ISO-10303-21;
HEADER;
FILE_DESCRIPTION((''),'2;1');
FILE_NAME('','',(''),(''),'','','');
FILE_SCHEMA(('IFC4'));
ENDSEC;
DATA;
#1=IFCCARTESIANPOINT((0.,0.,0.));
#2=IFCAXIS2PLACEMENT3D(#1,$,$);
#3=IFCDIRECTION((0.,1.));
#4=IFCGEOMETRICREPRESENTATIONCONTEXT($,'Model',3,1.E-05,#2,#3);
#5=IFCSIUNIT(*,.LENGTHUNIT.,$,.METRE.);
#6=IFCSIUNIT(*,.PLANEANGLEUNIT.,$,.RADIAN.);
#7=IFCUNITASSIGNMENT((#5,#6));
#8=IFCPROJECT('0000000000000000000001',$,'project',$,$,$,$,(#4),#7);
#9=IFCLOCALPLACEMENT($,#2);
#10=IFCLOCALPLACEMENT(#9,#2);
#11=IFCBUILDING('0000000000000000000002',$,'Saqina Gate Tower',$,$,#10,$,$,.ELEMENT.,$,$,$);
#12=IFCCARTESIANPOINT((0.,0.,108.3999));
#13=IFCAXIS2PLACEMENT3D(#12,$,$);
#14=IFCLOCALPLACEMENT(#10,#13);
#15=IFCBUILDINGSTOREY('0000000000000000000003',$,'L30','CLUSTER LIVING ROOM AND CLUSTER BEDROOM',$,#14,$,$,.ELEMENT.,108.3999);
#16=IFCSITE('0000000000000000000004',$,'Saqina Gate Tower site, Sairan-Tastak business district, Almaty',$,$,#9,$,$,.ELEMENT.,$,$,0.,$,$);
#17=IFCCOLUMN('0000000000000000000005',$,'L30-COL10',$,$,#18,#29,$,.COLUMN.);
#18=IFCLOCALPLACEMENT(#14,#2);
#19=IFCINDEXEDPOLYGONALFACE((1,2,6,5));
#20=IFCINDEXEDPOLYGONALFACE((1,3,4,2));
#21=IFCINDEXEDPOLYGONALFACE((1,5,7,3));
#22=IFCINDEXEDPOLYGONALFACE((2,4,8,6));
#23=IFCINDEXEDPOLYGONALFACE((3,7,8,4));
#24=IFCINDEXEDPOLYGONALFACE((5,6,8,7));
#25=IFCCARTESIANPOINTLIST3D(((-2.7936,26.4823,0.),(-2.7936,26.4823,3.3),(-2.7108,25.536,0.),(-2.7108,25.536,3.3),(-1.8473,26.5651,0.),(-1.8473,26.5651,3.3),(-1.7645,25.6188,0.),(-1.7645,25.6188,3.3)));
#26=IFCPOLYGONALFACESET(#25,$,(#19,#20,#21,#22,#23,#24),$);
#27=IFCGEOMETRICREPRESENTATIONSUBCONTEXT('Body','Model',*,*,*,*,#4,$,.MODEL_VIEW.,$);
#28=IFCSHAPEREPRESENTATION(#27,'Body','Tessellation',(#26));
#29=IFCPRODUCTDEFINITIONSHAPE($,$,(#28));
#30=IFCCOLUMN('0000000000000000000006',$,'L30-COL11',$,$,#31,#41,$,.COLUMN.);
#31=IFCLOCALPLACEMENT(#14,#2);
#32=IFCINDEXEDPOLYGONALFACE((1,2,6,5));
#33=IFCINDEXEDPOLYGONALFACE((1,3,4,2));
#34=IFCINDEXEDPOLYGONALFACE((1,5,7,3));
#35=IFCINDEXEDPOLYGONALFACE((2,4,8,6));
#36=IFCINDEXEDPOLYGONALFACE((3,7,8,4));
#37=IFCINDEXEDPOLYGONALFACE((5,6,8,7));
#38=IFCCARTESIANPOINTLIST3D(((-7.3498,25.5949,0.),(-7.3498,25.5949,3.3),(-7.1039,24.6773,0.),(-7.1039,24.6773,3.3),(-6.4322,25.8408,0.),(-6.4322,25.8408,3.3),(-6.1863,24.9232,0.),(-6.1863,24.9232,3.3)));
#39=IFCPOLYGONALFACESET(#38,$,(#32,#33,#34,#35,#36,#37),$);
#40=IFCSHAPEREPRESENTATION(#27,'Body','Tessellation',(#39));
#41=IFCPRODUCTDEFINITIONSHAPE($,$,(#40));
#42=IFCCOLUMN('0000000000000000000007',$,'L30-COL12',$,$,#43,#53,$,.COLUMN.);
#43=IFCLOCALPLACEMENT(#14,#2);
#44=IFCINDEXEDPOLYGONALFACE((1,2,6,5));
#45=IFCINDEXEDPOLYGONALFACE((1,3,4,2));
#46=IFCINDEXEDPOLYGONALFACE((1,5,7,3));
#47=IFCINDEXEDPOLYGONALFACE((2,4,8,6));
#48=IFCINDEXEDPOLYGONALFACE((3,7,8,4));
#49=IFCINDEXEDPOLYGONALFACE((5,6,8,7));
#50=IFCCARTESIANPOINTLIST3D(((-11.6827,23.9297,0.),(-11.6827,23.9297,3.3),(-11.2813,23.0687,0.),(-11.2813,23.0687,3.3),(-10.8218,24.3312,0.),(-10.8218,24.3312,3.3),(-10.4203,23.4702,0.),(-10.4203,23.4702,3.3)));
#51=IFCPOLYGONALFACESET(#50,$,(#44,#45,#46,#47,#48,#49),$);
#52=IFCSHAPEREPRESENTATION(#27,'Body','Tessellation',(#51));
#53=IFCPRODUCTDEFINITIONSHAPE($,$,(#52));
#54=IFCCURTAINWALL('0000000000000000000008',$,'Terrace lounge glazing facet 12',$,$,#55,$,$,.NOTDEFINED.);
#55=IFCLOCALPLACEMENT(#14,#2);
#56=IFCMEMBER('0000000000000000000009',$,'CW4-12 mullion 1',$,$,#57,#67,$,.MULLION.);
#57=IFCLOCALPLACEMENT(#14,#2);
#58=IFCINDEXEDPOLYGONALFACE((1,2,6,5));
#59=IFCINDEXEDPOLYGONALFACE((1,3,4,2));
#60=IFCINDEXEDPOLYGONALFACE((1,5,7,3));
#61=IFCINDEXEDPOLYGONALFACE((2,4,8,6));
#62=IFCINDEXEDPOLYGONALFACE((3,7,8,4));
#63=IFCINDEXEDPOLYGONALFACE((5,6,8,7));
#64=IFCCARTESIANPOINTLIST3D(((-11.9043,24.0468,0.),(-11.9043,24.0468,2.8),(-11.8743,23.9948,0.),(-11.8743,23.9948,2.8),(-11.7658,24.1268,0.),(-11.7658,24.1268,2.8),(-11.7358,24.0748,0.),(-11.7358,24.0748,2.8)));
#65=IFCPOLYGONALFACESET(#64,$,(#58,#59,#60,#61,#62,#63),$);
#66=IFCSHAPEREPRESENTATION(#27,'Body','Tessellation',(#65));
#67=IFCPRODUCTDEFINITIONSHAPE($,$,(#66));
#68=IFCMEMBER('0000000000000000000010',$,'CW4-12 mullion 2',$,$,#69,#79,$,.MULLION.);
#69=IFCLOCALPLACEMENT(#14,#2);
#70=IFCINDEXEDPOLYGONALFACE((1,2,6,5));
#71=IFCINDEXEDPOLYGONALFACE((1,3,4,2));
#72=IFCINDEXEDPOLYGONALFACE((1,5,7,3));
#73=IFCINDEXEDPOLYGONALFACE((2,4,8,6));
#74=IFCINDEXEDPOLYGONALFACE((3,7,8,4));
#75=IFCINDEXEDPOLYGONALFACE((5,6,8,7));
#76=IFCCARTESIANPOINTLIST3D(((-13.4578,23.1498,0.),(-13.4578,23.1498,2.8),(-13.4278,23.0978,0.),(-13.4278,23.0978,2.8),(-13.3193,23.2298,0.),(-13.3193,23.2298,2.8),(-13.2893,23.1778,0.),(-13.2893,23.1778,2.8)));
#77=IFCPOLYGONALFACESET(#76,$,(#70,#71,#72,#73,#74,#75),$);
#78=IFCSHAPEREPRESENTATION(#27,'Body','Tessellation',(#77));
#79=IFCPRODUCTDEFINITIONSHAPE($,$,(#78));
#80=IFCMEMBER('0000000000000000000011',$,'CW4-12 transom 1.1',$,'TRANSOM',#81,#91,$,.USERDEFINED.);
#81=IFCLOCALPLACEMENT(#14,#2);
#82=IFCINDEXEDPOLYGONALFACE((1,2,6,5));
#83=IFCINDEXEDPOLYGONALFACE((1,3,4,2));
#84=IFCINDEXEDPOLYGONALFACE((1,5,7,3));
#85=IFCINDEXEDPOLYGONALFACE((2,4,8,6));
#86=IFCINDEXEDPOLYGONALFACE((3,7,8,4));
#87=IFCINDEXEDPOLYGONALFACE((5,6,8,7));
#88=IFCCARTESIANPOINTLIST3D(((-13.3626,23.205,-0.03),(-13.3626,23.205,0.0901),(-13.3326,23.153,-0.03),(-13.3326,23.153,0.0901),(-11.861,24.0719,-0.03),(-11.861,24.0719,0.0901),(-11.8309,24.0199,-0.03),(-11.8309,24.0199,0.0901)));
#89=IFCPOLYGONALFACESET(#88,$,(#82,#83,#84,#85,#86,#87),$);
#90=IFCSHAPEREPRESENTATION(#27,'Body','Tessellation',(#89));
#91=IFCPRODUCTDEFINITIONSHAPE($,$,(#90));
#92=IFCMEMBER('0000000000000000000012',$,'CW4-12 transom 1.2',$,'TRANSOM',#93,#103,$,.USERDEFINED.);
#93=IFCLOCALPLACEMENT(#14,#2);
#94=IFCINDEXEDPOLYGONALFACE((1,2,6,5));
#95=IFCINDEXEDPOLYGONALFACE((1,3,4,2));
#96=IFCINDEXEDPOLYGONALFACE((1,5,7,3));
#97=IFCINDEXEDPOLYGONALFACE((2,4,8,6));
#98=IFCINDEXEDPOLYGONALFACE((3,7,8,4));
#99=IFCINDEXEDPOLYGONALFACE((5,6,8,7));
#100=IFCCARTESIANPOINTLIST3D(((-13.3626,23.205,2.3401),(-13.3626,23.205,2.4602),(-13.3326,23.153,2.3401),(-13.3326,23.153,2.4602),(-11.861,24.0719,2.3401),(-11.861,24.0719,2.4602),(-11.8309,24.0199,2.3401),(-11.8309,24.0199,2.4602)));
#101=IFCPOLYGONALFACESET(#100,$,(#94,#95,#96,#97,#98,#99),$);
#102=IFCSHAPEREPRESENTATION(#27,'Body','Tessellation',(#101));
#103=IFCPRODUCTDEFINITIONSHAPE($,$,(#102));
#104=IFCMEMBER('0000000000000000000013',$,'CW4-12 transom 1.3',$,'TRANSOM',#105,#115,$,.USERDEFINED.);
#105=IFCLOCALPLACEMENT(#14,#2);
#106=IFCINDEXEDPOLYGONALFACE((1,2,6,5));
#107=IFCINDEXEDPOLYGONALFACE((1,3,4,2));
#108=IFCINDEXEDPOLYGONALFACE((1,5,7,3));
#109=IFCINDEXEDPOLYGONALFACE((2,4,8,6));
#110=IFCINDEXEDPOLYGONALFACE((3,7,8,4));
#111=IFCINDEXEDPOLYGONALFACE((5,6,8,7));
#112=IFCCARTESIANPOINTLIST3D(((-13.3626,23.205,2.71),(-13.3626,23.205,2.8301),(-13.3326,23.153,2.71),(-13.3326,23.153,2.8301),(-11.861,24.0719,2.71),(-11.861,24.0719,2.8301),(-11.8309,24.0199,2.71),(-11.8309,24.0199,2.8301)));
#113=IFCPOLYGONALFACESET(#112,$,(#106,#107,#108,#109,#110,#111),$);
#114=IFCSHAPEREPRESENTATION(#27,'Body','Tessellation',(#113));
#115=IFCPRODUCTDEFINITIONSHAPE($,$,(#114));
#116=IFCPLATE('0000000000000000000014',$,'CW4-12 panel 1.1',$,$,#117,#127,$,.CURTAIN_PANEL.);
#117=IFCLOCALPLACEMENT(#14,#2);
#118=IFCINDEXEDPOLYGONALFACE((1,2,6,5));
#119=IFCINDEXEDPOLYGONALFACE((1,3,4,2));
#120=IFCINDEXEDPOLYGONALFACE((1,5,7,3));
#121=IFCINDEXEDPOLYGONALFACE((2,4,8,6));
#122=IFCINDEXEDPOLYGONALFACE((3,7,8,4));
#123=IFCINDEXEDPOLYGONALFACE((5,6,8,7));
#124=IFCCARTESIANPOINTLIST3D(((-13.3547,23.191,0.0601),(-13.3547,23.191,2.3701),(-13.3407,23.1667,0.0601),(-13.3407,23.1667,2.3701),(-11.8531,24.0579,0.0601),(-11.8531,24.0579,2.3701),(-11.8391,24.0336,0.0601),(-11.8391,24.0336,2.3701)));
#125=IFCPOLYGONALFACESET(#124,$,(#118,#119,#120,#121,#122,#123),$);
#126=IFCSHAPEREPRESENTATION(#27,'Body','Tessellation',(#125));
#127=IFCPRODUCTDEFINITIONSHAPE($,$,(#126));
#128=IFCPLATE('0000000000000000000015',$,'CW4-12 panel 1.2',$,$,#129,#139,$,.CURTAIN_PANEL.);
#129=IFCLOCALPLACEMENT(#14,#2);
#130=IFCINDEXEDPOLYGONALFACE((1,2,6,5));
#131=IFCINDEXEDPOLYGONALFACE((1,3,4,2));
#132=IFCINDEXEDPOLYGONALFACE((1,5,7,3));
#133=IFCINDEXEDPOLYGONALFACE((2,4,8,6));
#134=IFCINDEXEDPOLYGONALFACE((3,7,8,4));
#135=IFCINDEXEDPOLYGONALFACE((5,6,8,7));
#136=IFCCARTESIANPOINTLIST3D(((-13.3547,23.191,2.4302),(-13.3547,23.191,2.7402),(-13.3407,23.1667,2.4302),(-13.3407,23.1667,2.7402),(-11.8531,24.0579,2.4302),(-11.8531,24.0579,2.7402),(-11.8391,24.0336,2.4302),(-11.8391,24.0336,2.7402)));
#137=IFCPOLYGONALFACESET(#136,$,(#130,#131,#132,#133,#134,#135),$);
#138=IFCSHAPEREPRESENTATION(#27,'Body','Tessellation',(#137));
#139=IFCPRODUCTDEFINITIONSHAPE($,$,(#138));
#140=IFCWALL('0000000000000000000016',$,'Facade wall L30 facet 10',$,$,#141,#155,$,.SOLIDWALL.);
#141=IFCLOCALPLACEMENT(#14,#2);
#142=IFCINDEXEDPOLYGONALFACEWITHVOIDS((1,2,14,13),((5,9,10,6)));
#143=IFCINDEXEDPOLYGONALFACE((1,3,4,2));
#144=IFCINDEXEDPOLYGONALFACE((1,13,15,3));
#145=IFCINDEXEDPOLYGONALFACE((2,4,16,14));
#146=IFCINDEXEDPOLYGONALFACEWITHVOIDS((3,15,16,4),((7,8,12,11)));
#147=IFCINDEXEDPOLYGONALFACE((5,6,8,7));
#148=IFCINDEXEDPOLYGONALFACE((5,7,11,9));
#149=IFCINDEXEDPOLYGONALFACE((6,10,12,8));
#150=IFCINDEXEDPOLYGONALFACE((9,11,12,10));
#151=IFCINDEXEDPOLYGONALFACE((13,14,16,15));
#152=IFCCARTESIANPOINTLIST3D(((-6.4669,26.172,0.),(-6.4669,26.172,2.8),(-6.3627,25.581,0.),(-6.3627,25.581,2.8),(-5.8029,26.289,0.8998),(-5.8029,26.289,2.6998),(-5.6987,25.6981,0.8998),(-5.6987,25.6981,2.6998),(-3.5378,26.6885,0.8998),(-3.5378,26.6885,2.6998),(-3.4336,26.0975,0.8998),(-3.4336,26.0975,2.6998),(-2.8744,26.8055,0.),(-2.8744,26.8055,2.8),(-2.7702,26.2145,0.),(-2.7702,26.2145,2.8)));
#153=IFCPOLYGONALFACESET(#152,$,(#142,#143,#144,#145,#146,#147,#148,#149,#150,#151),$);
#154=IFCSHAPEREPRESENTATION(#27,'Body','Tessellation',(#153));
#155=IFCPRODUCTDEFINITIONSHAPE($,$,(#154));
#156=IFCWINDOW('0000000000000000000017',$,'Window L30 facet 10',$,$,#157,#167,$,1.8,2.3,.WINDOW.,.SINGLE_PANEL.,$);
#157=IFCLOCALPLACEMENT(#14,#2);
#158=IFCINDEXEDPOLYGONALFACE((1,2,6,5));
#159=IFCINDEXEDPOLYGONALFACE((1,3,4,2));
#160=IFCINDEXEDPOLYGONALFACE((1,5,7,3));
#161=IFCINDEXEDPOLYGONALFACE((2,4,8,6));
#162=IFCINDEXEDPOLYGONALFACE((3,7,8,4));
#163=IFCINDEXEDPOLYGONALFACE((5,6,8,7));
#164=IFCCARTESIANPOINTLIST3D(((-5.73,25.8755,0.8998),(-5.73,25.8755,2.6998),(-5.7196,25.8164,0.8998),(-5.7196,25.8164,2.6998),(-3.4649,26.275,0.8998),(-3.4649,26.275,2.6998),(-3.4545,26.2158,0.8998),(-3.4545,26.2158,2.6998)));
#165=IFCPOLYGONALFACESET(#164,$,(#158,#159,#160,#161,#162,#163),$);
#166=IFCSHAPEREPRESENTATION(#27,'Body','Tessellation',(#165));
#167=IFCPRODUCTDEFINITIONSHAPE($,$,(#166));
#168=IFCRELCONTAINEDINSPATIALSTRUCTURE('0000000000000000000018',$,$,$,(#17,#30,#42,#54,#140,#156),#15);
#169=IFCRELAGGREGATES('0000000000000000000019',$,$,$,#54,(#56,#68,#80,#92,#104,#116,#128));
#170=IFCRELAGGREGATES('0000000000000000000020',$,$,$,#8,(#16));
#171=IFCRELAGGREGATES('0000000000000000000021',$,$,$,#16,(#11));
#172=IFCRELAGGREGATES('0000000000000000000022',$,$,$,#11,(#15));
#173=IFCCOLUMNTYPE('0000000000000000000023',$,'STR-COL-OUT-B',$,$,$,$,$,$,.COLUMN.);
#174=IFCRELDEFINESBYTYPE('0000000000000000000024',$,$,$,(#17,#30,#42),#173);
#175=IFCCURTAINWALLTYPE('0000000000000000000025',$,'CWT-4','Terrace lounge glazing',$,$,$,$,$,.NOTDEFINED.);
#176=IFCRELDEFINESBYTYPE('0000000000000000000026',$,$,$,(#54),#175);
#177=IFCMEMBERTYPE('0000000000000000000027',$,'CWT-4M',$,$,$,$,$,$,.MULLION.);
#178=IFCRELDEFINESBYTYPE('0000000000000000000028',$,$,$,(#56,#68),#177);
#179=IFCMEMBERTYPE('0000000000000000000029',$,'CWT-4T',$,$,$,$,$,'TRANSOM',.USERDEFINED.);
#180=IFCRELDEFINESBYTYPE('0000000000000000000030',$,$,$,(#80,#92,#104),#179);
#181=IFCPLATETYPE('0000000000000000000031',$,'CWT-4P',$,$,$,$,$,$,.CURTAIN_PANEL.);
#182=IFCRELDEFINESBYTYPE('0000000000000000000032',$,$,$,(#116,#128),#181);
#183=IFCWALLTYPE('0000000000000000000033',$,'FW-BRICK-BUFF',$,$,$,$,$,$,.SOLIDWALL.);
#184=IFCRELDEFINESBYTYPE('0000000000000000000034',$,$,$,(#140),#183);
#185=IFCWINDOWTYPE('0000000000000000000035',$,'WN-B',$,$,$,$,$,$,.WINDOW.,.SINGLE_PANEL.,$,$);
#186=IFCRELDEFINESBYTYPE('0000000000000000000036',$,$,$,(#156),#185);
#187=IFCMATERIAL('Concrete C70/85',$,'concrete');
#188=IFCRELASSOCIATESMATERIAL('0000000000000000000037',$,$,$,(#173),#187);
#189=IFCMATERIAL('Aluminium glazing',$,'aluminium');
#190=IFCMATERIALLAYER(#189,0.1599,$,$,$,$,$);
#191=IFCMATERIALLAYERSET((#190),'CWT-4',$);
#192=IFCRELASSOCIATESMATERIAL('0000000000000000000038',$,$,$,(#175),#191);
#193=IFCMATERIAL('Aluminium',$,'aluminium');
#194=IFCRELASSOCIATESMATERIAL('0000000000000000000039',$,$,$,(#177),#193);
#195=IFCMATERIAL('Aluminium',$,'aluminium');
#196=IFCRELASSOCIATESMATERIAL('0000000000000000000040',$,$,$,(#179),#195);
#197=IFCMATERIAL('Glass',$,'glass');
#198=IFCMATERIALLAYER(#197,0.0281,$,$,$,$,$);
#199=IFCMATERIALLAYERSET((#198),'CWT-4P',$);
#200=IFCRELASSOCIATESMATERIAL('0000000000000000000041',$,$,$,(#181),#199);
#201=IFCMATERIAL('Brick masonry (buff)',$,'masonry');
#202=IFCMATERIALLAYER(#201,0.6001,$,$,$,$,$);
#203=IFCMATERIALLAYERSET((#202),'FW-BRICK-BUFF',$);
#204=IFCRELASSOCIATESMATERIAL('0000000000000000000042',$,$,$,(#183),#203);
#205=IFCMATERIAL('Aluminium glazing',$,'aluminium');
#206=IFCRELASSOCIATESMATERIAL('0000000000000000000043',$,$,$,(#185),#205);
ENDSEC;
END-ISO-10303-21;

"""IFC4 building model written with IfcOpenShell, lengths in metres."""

from ifc_helpers import new_model, si_unit, direction, frame, frame_2d, origin, origin_2d, place, context, subcontext, project, spatial, rectangle, extrude, material, layer, layer_set, material_profile, profile_set, type_object, element, fill, aggregate, save


model = new_model("IFC4")

# Units and contexts
model_context = context("Model", 3, precision=1e-05, world=origin(), true_north=direction((0.0, 1.0)))
body_context = subcontext(model_context, "Body", "Model", "MODEL_VIEW")
ifc_project = project(units=[si_unit("LENGTHUNIT", "METRE"), si_unit("PLANEANGLEUNIT", "RADIAN")], contexts=[model_context])

# Site, building, storey
site_placement = place(None, origin())
site = spatial("IfcSite", under=ifc_project, at=site_placement, Name="Saqina Gate Tower site, Sairan-Tastak business district, Almaty", CompositionType="ELEMENT", RefElevation=0.0)
building_placement = place(site_placement, origin())
building = spatial("IfcBuilding", under=site, at=building_placement, Name="Saqina Gate Tower", CompositionType="ELEMENT")
storey_placement = place(building_placement, frame((0.0, 0.0, 108.3999)))
storey = spatial("IfcBuildingStorey", under=building, at=storey_placement, Name="L30", Description="CLUSTER LIVING ROOM AND CLUSTER BEDROOM", CompositionType="ELEMENT", Elevation=108.3999)

# Columns
ifc_material_1 = material(Name="Concrete C70/85", Category="concrete")
ifc_material_profile_1 = material_profile(ifc_material_1, rectangle(XDim=0.95, YDim=0.95, at=origin_2d()), Name="RC 950x950")
ifc_profile_set_1 = profile_set([ifc_material_profile_1], Name="Concrete C70/85")
column_type = type_object("IfcColumnType", Name="STR-COL-OUT-B", PredefinedType="COLUMN", material=ifc_profile_set_1)
for number, where, z_axis, x_axis, name in (
    (1, (-2.2791, 26.0505, 0.0), (0.0, 0.0, 1.0), (-0.087156, 0.996195, 0.0), "L30-COL10"),
    (2, (-6.7681, 25.259, 0.0), (0.0, 0.0, 1.0), (-0.258819, 0.965926, 0.0), "L30-COL11"),
    (3, (-11.0515, 23.7, 0.0), (0.0, 0.0, 1.0), (-0.422618, 0.906308, 0.0), "L30-COL12"),
):
    element("IfcColumn", number, at=place(storey_placement, frame(where, z_axis=z_axis, x_axis=x_axis)), inside=storey, type_object=column_type, Name=name, PredefinedType="COLUMN", context=body_context, shape_type="SweptSolid", body=[
        extrude(rectangle(XDim=0.95, YDim=0.95, at=origin_2d()), origin(), (0.0, 0.0, 1.0), 3.3),
    ])

# Curtain wall, members, plates
ifc_material_2 = material(Name="Aluminium glazing", Category="aluminium")
ifc_layer_1 = layer(ifc_material_2, 0.1599)
ifc_layer_set_1 = layer_set([ifc_layer_1], Name="CWT-4")
curtain_wall_type = type_object("IfcCurtainWallType", Name="CWT-4", Description="Terrace lounge glazing", PredefinedType="NOTDEFINED", material=ifc_layer_set_1)
curtain_wall_placement = place(storey_placement, origin())
curtain_wall = element("IfcCurtainWall", 4, at=curtain_wall_placement, inside=storey, type_object=curtain_wall_type, Name="Terrace lounge glazing facet 12", PredefinedType="NOTDEFINED")
ifc_material_3 = material(Name="Aluminium", Category="aluminium")
ifc_material_profile_2 = material_profile(ifc_material_3, rectangle(XDim=0.0601, YDim=0.1599, at=origin_2d()), Name="Aluminium 60x160")
ifc_profile_set_2 = profile_set([ifc_material_profile_2], Name="Aluminium")
member_type_1 = type_object("IfcMemberType", Name="CWT-4M", PredefinedType="MULLION", material=ifc_profile_set_2)
member_1_placement = place(storey_placement, frame((-11.8201, 24.0608, 0.0), z_axis=(0.0, 0.0, 1.0), x_axis=(0.499999, -0.866026, 0.0)))
member_1 = element("IfcMember", 5, at=member_1_placement, type_object=member_type_1, Name="CW4-12 mullion 1", PredefinedType="MULLION", context=body_context, shape_type="SweptSolid", body=[
    extrude(rectangle(XDim=0.0601, YDim=0.1599, at=origin_2d()), origin(), (0.0, 0.0, 1.0), 2.8),
])
member_2_placement = place(storey_placement, frame((-13.3735, 23.1638, 0.0), z_axis=(0.0, 0.0, 1.0), x_axis=(0.499999, -0.866026, 0.0)))
member_2 = element("IfcMember", 6, at=member_2_placement, type_object=member_type_1, Name="CW4-12 mullion 2", PredefinedType="MULLION", context=body_context, shape_type="SweptSolid", body=[
    extrude(rectangle(XDim=0.0601, YDim=0.1599, at=origin_2d()), origin(), (0.0, 0.0, 1.0), 2.8),
])
ifc_material_4 = material(Name="Aluminium", Category="aluminium")
ifc_material_profile_3 = material_profile(ifc_material_4, rectangle(XDim=0.0601, YDim=0.1201, at=origin_2d()), Name="Aluminium 60x120")
ifc_profile_set_3 = profile_set([ifc_material_profile_3], Name="Aluminium")
member_type_2 = type_object("IfcMemberType", Name="CWT-4T", ElementType="TRANSOM", PredefinedType="USERDEFINED", material=ifc_profile_set_3)
member_3_placement = place(storey_placement, frame((-11.8459, 24.0459, 0.03), z_axis=(-0.866043, -0.49997, 0.0), x_axis=(0.49997, -0.866043, 0.0)))
member_3 = element("IfcMember", 7, at=member_3_placement, type_object=member_type_2, Name="CW4-12 transom 1.1", ObjectType="TRANSOM", PredefinedType="USERDEFINED", context=body_context, shape_type="SweptSolid", body=[
    extrude(rectangle(XDim=0.0601, YDim=0.1201, at=origin_2d()), origin(), (0.0, 0.0, 1.0), 1.7339),
])
member_4_placement = place(storey_placement, frame((-11.8459, 24.0459, 2.4001), z_axis=(-0.866043, -0.49997, 0.0), x_axis=(0.49997, -0.866043, 0.0)))
member_4 = element("IfcMember", 8, at=member_4_placement, type_object=member_type_2, Name="CW4-12 transom 1.2", ObjectType="TRANSOM", PredefinedType="USERDEFINED", context=body_context, shape_type="SweptSolid", body=[
    extrude(rectangle(XDim=0.0601, YDim=0.1201, at=origin_2d()), origin(), (0.0, 0.0, 1.0), 1.7339),
])
member_5_placement = place(storey_placement, frame((-11.8459, 24.0459, 2.77), z_axis=(-0.866043, -0.49997, 0.0), x_axis=(0.49997, -0.866043, 0.0)))
member_5 = element("IfcMember", 9, at=member_5_placement, type_object=member_type_2, Name="CW4-12 transom 1.3", ObjectType="TRANSOM", PredefinedType="USERDEFINED", context=body_context, shape_type="SweptSolid", body=[
    extrude(rectangle(XDim=0.0601, YDim=0.1201, at=origin_2d()), origin(), (0.0, 0.0, 1.0), 1.7339),
])
ifc_material_5 = material(Name="Glass", Category="glass")
ifc_layer_2 = layer(ifc_material_5, 0.0281)
ifc_layer_set_2 = layer_set([ifc_layer_2], Name="CWT-4P")
plate_type = type_object("IfcPlateType", Name="CWT-4P", PredefinedType="CURTAIN_PANEL", material=ifc_layer_set_2)
plate_1_placement = place(storey_placement, frame((-12.5969, 23.6123, 0.0601), z_axis=(0.0, 0.0, 1.0), x_axis=(-0.866026, -0.499999, 0.0)))
plate_1 = element("IfcPlate", 10, at=plate_1_placement, type_object=plate_type, Name="CW4-12 panel 1.1", PredefinedType="CURTAIN_PANEL", context=body_context, shape_type="SweptSolid", body=[
    extrude(rectangle(XDim=1.7339, YDim=0.0281, at=origin_2d()), origin(), (0.0, 0.0, 1.0), 2.3101),
])
plate_2_placement = place(storey_placement, frame((-12.5969, 23.6123, 2.4302), z_axis=(0.0, 0.0, 1.0), x_axis=(-0.866026, -0.499999, 0.0)))
plate_2 = element("IfcPlate", 11, at=plate_2_placement, type_object=plate_type, Name="CW4-12 panel 1.2", PredefinedType="CURTAIN_PANEL", context=body_context, shape_type="SweptSolid", body=[
    extrude(rectangle(XDim=1.7339, YDim=0.0281, at=origin_2d()), origin(), (0.0, 0.0, 1.0), 0.3101),
])
aggregate(curtain_wall, [member_1, member_2, member_3, member_4, member_5, plate_1, plate_2])

# Wall, opening, window
ifc_material_6 = material(Name="Brick masonry (buff)", Category="masonry")
ifc_layer_3 = layer(ifc_material_6, 0.6001)
ifc_layer_set_3 = layer_set([ifc_layer_3], Name="FW-BRICK-BUFF")
wall_type_1 = type_object("IfcWallType", Name="FW-BRICK-BUFF", PredefinedType="SOLIDWALL", material=ifc_layer_set_3)
wall_1_placement = place(storey_placement, frame((-2.8223, 26.51, 0.0), z_axis=(0.0, 0.0, 1.0), x_axis=(-0.984804, -0.173671, 0.0)))
wall_1 = element("IfcWall", 12, at=wall_1_placement, inside=storey, type_object=wall_type_1, Name="Facade wall L30 facet 10", PredefinedType="SOLIDWALL", context=body_context, shape_type="SweptSolid", body=[
    extrude(rectangle(XDim=3.6479, YDim=0.6001, at=frame_2d((1.824, 0.0))), origin(), (0.0, 0.0, 1.0), 2.8),
])
opening_1_placement = place(wall_1_placement, frame((0.6738, 0.0, 0.8999)))
opening_1 = element("IfcOpeningElement", 13, at=opening_1_placement, cuts=wall_1, PredefinedType="OPENING", context=body_context, shape_type="SweptSolid", body=[
    extrude(rectangle(XDim=2.3, YDim=1.8, at=frame_2d((1.1499, 0.8999))), frame((0.0, 0.312, 0.0), z_axis=(0.0, -1.0, 0.0), x_axis=(1.0, 0.0, 0.0)), (0.0, 0.0, 1.0), 0.624),
])
ifc_material_7 = material(Name="Aluminium glazing", Category="aluminium")
window_type = type_object("IfcWindowType", Name="WN-B", PartitioningType="SINGLE_PANEL", PredefinedType="WINDOW", material=ifc_material_7)
window_1_placement = place(opening_1_placement, origin())
window_1 = element("IfcWindow", 14, at=window_1_placement, inside=storey, type_object=window_type, Name="Window L30 facet 10", OverallHeight=1.8, OverallWidth=2.3, PartitioningType="SINGLE_PANEL", PredefinedType="WINDOW", context=body_context, shape_type="SweptSolid", body=[
    extrude(rectangle(XDim=2.3, YDim=1.8, at=frame_2d((1.1499, 0.8999))), frame((0.0, 0.1799, 0.0), z_axis=(0.0, -1.0, 0.0), x_axis=(1.0, 0.0, 0.0)), (0.0, 0.0, 1.0), 0.0601),
])
fill(opening_1, window_1)

save(model, "model.ifc")
